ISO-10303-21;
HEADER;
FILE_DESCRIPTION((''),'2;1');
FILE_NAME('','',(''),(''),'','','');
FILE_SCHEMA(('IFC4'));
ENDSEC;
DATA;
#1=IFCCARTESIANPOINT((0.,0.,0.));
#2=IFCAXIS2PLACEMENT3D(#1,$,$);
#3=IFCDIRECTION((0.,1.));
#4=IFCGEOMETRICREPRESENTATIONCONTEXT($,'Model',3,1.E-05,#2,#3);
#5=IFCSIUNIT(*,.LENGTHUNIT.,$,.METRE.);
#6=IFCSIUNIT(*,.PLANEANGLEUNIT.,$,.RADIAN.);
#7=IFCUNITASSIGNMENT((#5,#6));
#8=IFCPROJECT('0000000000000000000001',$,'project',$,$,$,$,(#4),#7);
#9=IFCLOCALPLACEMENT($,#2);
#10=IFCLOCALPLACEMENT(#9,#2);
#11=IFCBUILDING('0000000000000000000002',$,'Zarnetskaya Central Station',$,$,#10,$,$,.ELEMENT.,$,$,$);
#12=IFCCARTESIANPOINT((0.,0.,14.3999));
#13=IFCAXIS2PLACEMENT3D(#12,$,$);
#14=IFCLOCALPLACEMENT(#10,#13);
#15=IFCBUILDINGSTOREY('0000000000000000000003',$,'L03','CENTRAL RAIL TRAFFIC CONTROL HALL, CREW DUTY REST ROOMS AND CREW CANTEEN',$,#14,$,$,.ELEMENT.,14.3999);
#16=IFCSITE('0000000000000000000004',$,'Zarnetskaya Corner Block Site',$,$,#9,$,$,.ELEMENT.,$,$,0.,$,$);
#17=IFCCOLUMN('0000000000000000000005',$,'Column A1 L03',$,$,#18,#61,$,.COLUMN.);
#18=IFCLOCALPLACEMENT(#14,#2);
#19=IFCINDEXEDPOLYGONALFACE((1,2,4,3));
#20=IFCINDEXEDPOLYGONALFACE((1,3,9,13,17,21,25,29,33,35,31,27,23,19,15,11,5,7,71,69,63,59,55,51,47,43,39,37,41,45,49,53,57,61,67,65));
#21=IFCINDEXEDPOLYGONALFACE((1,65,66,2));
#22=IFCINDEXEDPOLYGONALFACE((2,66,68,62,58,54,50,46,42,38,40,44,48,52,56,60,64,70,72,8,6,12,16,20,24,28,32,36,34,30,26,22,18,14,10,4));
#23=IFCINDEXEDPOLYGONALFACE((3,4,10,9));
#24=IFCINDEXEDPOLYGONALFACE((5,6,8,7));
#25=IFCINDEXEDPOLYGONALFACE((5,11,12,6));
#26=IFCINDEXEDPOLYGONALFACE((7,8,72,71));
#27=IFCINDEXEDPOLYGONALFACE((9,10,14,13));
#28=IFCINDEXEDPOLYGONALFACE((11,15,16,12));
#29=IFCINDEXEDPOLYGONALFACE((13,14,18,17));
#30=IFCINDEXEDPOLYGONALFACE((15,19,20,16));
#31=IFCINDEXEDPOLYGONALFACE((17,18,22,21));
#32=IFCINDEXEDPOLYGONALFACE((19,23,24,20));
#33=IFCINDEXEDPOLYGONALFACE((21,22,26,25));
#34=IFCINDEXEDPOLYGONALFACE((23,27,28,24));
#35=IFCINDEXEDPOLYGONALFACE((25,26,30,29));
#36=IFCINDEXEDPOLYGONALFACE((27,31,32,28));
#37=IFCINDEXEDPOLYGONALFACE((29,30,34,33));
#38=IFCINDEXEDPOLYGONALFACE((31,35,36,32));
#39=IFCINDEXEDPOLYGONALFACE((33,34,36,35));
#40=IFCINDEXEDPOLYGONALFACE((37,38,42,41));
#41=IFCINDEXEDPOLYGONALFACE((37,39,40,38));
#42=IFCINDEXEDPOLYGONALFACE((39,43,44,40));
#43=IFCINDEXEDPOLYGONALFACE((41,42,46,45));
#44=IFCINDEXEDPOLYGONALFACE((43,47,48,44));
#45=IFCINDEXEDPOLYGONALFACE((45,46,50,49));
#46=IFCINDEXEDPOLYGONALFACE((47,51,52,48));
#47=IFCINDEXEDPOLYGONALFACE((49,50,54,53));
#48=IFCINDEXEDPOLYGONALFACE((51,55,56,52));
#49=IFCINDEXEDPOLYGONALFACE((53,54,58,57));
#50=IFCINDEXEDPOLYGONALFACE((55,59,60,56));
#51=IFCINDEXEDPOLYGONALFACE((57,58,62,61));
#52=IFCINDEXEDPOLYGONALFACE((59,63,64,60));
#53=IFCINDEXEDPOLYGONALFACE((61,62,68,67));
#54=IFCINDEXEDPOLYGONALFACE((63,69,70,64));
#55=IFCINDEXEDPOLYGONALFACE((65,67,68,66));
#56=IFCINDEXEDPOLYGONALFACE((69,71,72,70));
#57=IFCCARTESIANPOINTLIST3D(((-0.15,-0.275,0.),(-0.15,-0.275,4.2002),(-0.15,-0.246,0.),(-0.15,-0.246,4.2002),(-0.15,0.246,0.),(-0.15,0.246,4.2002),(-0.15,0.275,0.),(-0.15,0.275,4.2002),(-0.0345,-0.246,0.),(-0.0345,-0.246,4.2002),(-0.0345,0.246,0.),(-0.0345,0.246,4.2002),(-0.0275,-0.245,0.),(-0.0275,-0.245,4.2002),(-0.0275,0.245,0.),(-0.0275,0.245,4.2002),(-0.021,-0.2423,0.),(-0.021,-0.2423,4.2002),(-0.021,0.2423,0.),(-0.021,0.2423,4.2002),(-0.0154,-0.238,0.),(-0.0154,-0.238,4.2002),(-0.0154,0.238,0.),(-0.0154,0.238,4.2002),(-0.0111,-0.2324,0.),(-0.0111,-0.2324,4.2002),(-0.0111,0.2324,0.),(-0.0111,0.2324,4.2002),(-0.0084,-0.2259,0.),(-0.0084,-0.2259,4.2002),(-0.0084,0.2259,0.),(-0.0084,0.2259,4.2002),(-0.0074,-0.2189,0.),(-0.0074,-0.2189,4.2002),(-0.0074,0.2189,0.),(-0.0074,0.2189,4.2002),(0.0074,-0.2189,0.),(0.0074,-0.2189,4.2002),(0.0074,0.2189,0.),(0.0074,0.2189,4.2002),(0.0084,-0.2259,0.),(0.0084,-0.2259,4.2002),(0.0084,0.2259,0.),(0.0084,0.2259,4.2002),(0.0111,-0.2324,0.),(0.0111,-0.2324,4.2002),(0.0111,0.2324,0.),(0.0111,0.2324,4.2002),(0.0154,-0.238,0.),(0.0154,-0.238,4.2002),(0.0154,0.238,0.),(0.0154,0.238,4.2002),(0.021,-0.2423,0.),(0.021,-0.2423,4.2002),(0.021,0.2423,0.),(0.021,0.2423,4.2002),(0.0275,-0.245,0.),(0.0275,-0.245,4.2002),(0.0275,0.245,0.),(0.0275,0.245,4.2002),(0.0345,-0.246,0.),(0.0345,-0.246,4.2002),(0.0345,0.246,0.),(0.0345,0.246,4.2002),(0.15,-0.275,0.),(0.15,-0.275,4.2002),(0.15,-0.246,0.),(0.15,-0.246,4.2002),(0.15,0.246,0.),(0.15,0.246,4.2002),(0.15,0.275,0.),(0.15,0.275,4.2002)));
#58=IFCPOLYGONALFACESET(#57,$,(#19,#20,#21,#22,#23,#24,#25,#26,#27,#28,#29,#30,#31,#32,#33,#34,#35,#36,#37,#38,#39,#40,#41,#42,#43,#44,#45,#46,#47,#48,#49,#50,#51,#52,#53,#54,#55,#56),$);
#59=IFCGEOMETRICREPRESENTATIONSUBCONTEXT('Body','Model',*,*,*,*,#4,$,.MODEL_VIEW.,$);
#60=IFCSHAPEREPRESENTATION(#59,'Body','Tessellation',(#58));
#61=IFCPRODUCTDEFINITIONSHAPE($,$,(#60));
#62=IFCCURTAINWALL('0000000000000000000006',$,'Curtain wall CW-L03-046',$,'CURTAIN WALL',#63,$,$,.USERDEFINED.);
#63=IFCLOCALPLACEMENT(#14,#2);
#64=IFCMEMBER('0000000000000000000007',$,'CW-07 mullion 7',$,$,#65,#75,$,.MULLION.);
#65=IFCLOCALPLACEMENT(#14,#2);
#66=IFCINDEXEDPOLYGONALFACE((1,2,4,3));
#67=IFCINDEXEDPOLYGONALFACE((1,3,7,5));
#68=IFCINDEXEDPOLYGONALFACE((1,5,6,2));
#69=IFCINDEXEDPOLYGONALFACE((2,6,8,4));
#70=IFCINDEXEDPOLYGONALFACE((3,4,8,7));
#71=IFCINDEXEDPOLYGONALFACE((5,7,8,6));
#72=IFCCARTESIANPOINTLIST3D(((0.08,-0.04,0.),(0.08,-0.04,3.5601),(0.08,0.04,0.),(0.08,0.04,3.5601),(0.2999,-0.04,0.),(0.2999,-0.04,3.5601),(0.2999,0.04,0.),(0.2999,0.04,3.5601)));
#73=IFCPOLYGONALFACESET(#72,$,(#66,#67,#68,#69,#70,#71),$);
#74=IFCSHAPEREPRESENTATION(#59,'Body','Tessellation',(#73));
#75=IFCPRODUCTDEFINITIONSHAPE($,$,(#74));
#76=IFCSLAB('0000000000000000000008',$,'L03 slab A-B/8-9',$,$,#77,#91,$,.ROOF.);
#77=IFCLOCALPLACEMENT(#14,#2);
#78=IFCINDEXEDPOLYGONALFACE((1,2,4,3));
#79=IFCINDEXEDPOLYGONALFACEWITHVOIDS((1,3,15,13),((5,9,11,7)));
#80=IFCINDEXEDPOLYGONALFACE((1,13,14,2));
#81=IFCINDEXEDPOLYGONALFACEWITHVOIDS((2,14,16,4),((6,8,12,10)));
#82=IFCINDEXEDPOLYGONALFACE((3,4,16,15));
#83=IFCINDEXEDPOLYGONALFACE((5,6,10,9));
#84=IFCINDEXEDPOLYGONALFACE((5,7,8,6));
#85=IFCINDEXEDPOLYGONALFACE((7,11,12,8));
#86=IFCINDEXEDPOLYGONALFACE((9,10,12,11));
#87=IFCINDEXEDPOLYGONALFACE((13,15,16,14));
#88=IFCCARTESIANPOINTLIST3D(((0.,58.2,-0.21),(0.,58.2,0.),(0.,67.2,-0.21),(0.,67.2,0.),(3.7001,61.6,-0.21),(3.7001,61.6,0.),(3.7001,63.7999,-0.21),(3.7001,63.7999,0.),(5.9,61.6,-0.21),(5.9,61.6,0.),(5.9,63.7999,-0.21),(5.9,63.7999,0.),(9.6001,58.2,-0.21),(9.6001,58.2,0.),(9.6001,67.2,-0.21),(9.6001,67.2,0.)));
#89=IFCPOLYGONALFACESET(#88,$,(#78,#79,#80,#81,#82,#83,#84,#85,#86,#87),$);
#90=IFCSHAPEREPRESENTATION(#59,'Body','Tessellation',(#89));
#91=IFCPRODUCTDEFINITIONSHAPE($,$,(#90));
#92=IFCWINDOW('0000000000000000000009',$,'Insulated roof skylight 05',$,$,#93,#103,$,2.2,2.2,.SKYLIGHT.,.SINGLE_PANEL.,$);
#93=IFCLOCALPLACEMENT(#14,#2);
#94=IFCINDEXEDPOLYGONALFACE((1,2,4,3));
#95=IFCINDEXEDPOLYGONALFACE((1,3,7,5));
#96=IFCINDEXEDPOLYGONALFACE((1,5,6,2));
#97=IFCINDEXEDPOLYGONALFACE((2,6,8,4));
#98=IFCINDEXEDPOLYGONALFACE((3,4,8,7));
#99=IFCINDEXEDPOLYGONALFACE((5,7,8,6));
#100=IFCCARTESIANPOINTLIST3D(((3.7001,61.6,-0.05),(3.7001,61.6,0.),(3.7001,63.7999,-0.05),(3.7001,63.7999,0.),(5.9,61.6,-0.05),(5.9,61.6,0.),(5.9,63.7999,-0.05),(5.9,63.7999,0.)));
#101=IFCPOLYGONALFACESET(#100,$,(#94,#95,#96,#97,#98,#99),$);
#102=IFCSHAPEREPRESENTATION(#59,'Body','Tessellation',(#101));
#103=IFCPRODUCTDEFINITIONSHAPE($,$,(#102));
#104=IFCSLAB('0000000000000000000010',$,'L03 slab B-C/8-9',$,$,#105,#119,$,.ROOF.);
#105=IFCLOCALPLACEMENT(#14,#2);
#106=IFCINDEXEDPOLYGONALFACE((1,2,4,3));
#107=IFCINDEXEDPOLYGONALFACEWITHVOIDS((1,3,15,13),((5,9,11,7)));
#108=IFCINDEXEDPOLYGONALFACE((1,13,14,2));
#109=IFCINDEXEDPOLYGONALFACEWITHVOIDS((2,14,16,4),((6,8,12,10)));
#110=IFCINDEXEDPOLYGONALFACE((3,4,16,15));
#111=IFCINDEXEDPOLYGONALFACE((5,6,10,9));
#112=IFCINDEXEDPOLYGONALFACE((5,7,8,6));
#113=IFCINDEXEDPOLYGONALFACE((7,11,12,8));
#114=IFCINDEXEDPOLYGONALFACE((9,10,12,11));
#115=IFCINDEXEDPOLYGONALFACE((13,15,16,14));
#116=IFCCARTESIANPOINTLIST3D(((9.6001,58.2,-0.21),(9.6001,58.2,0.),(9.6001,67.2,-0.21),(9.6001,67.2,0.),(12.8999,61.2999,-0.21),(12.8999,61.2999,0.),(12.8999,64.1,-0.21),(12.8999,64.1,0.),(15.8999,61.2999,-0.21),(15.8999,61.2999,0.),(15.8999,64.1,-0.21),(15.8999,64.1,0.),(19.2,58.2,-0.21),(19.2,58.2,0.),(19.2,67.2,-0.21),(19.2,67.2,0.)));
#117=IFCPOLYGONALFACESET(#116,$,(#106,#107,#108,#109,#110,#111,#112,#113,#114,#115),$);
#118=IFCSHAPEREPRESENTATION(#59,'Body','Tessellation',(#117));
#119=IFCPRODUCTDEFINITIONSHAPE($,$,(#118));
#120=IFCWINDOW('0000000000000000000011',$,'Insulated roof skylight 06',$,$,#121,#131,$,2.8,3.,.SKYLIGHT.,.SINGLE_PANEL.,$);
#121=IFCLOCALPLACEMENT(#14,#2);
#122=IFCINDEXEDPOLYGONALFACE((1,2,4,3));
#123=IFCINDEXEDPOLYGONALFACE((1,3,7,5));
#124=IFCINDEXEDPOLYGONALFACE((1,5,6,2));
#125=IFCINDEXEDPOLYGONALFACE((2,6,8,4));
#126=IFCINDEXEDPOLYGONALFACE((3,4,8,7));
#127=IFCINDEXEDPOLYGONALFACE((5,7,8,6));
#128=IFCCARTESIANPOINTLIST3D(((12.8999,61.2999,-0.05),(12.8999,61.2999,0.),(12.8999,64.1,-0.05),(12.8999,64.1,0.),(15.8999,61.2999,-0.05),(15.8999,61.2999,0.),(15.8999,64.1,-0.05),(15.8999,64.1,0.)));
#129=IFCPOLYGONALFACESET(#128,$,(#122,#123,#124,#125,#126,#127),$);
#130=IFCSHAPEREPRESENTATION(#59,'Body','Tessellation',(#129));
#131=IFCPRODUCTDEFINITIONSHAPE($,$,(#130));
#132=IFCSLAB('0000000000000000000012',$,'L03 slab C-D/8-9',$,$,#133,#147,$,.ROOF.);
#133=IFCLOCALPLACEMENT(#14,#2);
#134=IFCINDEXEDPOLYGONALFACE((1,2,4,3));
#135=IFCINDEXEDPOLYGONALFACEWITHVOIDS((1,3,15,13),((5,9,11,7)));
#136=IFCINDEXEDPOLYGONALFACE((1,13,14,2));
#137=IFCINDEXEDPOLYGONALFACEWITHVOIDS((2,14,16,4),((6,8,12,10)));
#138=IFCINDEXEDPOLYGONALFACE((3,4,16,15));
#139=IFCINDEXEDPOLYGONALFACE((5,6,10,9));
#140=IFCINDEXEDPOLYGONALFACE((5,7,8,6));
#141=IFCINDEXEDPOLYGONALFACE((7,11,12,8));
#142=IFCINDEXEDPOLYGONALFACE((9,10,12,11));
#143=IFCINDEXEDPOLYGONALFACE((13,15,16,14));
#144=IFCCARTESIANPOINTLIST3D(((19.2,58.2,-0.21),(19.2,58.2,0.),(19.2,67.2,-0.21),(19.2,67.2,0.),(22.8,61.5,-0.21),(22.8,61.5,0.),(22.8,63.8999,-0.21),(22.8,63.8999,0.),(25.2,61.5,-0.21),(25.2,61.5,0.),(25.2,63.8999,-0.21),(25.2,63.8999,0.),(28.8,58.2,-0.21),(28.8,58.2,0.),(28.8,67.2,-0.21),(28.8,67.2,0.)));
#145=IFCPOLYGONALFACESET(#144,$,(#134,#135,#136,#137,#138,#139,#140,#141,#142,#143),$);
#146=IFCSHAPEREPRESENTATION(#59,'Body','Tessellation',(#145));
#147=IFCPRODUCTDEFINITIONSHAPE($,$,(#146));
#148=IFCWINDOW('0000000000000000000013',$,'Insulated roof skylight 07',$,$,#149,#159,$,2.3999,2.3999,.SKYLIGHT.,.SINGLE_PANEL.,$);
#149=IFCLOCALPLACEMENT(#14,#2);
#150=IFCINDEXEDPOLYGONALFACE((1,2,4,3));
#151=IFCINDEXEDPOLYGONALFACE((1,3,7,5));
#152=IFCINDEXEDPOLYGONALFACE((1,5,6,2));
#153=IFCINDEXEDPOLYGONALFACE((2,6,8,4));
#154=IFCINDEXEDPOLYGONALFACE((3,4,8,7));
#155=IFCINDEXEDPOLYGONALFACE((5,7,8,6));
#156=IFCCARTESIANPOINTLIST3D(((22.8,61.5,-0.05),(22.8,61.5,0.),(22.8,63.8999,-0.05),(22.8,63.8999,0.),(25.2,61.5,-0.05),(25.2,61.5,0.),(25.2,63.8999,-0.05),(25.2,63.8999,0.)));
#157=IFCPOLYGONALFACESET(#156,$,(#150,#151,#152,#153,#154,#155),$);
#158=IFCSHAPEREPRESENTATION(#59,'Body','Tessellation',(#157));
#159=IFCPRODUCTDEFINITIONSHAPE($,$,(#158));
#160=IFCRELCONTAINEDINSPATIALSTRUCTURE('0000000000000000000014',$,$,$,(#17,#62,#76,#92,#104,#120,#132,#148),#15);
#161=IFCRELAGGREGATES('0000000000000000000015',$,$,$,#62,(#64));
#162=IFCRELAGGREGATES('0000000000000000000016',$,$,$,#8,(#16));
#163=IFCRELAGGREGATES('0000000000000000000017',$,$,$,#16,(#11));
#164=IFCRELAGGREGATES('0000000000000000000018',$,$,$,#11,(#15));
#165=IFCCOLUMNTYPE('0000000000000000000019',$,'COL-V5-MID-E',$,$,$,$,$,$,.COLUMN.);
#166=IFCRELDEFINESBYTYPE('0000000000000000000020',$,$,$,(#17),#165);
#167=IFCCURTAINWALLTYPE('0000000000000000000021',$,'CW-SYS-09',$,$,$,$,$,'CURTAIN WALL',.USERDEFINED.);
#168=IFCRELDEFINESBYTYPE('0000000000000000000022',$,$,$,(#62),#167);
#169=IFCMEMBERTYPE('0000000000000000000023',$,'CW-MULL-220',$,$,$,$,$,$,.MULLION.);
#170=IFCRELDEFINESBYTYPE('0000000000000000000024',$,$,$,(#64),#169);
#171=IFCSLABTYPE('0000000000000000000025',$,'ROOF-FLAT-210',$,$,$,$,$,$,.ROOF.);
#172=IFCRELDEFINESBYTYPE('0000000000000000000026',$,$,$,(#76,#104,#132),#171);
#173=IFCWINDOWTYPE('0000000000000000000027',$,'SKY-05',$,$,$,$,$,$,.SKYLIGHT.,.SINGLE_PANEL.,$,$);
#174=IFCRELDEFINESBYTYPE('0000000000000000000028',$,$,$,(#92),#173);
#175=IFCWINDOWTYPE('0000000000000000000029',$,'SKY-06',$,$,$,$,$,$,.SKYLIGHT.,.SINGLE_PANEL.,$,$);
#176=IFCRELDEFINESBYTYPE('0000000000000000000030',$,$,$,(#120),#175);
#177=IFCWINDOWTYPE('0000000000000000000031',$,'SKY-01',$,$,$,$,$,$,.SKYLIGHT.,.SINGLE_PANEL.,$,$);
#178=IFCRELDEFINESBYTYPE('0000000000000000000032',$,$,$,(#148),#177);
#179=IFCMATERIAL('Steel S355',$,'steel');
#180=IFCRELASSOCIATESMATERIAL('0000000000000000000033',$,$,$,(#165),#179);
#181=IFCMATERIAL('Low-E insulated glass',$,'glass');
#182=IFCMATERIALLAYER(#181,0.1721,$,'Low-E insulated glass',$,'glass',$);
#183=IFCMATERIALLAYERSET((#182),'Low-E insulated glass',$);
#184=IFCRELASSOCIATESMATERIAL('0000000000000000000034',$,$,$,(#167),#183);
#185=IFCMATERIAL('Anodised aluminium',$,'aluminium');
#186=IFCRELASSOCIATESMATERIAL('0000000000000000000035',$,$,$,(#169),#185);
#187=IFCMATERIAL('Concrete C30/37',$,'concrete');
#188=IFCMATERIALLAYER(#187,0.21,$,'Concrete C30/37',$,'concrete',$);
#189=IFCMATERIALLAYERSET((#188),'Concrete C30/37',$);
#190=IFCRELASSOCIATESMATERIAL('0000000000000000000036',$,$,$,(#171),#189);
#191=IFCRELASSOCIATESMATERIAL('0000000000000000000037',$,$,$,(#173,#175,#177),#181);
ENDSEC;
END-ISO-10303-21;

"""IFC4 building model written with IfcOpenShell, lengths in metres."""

from ifc_helpers import new_model, si_unit, direction, frame, origin, origin_with_axes, origin_2d, place, context, subcontext, project, spatial, polyline, rectangle, i_section, outline, extrude, material, layer, layer_set, material_profile, profile_set, type_object, element, fill, aggregate, save


model = new_model("IFC4")

# Units and contexts
model_context = context("Model", 3, precision=1e-05, world=origin(), true_north=direction((0.0, 1.0)))
body_context = subcontext(model_context, "Body", "Model", "MODEL_VIEW")
ifc_project = project(units=[si_unit("LENGTHUNIT", "METRE"), si_unit("PLANEANGLEUNIT", "RADIAN")], contexts=[model_context])

# Site, building, storey
site_placement = place(None, origin())
site = spatial("IfcSite", under=ifc_project, at=site_placement, Name="Zarnetskaya Corner Block Site", CompositionType="ELEMENT", RefElevation=0.0)
building_placement = place(site_placement, origin())
building = spatial("IfcBuilding", under=site, at=building_placement, Name="Zarnetskaya Central Station", CompositionType="ELEMENT")
storey_placement = place(building_placement, frame((0.0, 0.0, 14.3999)))
storey = spatial("IfcBuildingStorey", under=building, at=storey_placement, Name="L03", Description="CENTRAL RAIL TRAFFIC CONTROL HALL, CREW DUTY REST ROOMS AND CREW CANTEEN", CompositionType="ELEMENT", Elevation=14.3999)

# Column
ifc_material_1 = material(Name="Steel S355", Category="steel")
ifc_material_profile_1 = material_profile(ifc_material_1, i_section(OverallWidth=0.3, OverallDepth=0.55, WebThickness=0.0149, FlangeThickness=0.0291, FilletRadius=0.0271, at=origin_2d()), Name="HEB 550")
ifc_profile_set_1 = profile_set([ifc_material_profile_1], Name="Steel S355")
column_type = type_object("IfcColumnType", Name="COL-V5-MID-E", PredefinedType="COLUMN", material=ifc_profile_set_1)
column_placement = place(storey_placement, origin_with_axes())
element("IfcColumn", 1, at=column_placement, inside=storey, type_object=column_type, Name="Column A1 L03", PredefinedType="COLUMN", context=body_context, shape_type="SweptSolid", body=[
    extrude(i_section(OverallWidth=0.3, OverallDepth=0.55, WebThickness=0.0149, FlangeThickness=0.0291, FilletRadius=0.0271, at=origin_2d()), origin(), (0.0, 0.0, 1.0), 4.2002),
])

# Curtain wall, member
ifc_material_2 = material(Name="Low-E insulated glass", Category="glass")
ifc_layer_1 = layer(ifc_material_2, 0.1721, Name="Low-E insulated glass", Category="glass")
ifc_layer_set_1 = layer_set([ifc_layer_1], Name="Low-E insulated glass")
curtain_wall_type = type_object("IfcCurtainWallType", Name="CW-SYS-09", ElementType="CURTAIN WALL", PredefinedType="USERDEFINED", material=ifc_layer_set_1)
curtain_wall_placement = place(storey_placement, origin())
curtain_wall = element("IfcCurtainWall", 2, at=curtain_wall_placement, inside=storey, type_object=curtain_wall_type, Name="Curtain wall CW-L03-046", ObjectType="CURTAIN WALL", PredefinedType="USERDEFINED")
ifc_material_3 = material(Name="Anodised aluminium", Category="aluminium")
ifc_material_profile_2 = material_profile(ifc_material_3, rectangle(XDim=0.0801, YDim=0.22, at=origin_2d()), Name="ALU MULL 80x220")
ifc_profile_set_2 = profile_set([ifc_material_profile_2], Name="Anodised aluminium")
member_type = type_object("IfcMemberType", Name="CW-MULL-220", PredefinedType="MULLION", material=ifc_profile_set_2)
member_placement = place(storey_placement, frame((0.1899, 0.0, 0.0), z_axis=(0.0, 0.0, 1.0), x_axis=(0.0, -1.0, 0.0)))
member = element("IfcMember", 3, at=member_placement, type_object=member_type, Name="CW-07 mullion 7", PredefinedType="MULLION", context=body_context, shape_type="SweptSolid", body=[
    extrude(rectangle(XDim=0.0801, YDim=0.22, at=origin_2d()), origin(), (0.0, 0.0, 1.0), 3.5601),
])
aggregate(curtain_wall, [member])

# Slabs, openings, windows
ifc_material_4 = material(Name="Concrete C30/37", Category="concrete")
ifc_layer_2 = layer(ifc_material_4, 0.21, Name="Concrete C30/37", Category="concrete")
ifc_layer_set_2 = layer_set([ifc_layer_2], Name="Concrete C30/37")
slab_type_1 = type_object("IfcSlabType", Name="ROOF-FLAT-210", PredefinedType="ROOF", material=ifc_layer_set_2)
slab_1_placement = place(storey_placement, frame((0.0, 0.0, -0.21)))
slab_1 = element("IfcSlab", 4, at=slab_1_placement, inside=storey, type_object=slab_type_1, Name="L03 slab A-B/8-9", PredefinedType="ROOF", context=body_context, shape_type="SweptSolid", body=[
    extrude(outline(polyline([(0.0, 58.2), (9.6001, 58.2), (9.6001, 67.2), (0.0, 67.2), (0.0, 58.2)])), origin(), (0.0, 0.0, 1.0), 0.21),
])
opening_1_placement = place(slab_1_placement, frame((4.8, 62.7, 0.0)))
opening_1 = element("IfcOpeningElement", 5, at=opening_1_placement, cuts=slab_1, PredefinedType="OPENING", context=body_context, shape_type="SweptSolid", body=[
    extrude(rectangle(XDim=2.2, YDim=2.2, at=origin_2d()), frame((0.0, 0.0, -0.01)), (0.0, 0.0, 1.0), 0.23),
])
window_type_1 = type_object("IfcWindowType", Name="SKY-05", PartitioningType="SINGLE_PANEL", PredefinedType="SKYLIGHT", material=ifc_material_2)
window_1_placement = place(opening_1_placement, frame((0.0, 0.0, 0.1599)))
window_1 = element("IfcWindow", 6, at=window_1_placement, inside=storey, type_object=window_type_1, Name="Insulated roof skylight 05", OverallHeight=2.2, OverallWidth=2.2, PartitioningType="SINGLE_PANEL", PredefinedType="SKYLIGHT", context=body_context, shape_type="SweptSolid", body=[
    extrude(rectangle(XDim=2.2, YDim=2.2, at=origin_2d()), origin(), (0.0, 0.0, 1.0), 0.05),
])
fill(opening_1, window_1)
slab_2_placement = place(storey_placement, frame((0.0, 0.0, -0.21)))
slab_2 = element("IfcSlab", 7, at=slab_2_placement, inside=storey, type_object=slab_type_1, Name="L03 slab B-C/8-9", PredefinedType="ROOF", context=body_context, shape_type="SweptSolid", body=[
    extrude(outline(polyline([(9.6001, 58.2), (19.2, 58.2), (19.2, 67.2), (9.6001, 67.2), (9.6001, 58.2)])), origin(), (0.0, 0.0, 1.0), 0.21),
])
opening_2_placement = place(slab_2_placement, frame((14.3999, 62.7, 0.0)))
opening_2 = element("IfcOpeningElement", 8, at=opening_2_placement, cuts=slab_2, PredefinedType="OPENING", context=body_context, shape_type="SweptSolid", body=[
    extrude(rectangle(XDim=3.0, YDim=2.8, at=origin_2d()), frame((0.0, 0.0, -0.01)), (0.0, 0.0, 1.0), 0.23),
])
window_type_2 = type_object("IfcWindowType", Name="SKY-06", PartitioningType="SINGLE_PANEL", PredefinedType="SKYLIGHT", material=ifc_material_2)
window_2_placement = place(opening_2_placement, frame((0.0, 0.0, 0.1599)))
window_2 = element("IfcWindow", 9, at=window_2_placement, inside=storey, type_object=window_type_2, Name="Insulated roof skylight 06", OverallHeight=2.8, OverallWidth=3.0, PartitioningType="SINGLE_PANEL", PredefinedType="SKYLIGHT", context=body_context, shape_type="SweptSolid", body=[
    extrude(rectangle(XDim=3.0, YDim=2.8, at=origin_2d()), origin(), (0.0, 0.0, 1.0), 0.05),
])
fill(opening_2, window_2)
slab_3_placement = place(storey_placement, frame((0.0, 0.0, -0.21)))
slab_3 = element("IfcSlab", 10, at=slab_3_placement, inside=storey, type_object=slab_type_1, Name="L03 slab C-D/8-9", PredefinedType="ROOF", context=body_context, shape_type="SweptSolid", body=[
    extrude(outline(polyline([(19.2, 58.2), (28.8, 58.2), (28.8, 67.2), (19.2, 67.2), (19.2, 58.2)])), origin(), (0.0, 0.0, 1.0), 0.21),
])
opening_3_placement = place(slab_3_placement, frame((24.0, 62.7, 0.0)))
opening_3 = element("IfcOpeningElement", 11, at=opening_3_placement, cuts=slab_3, PredefinedType="OPENING", context=body_context, shape_type="SweptSolid", body=[
    extrude(rectangle(XDim=2.3999, YDim=2.3999, at=origin_2d()), frame((0.0, 0.0, -0.01)), (0.0, 0.0, 1.0), 0.23),
])
window_type_3 = type_object("IfcWindowType", Name="SKY-01", PartitioningType="SINGLE_PANEL", PredefinedType="SKYLIGHT", material=ifc_material_2)
window_3_placement = place(opening_3_placement, frame((0.0, 0.0, 0.1599)))
window_3 = element("IfcWindow", 12, at=window_3_placement, inside=storey, type_object=window_type_3, Name="Insulated roof skylight 07", OverallHeight=2.3999, OverallWidth=2.3999, PartitioningType="SINGLE_PANEL", PredefinedType="SKYLIGHT", context=body_context, shape_type="SweptSolid", body=[
    extrude(rectangle(XDim=2.3999, YDim=2.3999, at=origin_2d()), origin(), (0.0, 0.0, 1.0), 0.05),
])
fill(opening_3, window_3)

save(model, "model.ifc")
